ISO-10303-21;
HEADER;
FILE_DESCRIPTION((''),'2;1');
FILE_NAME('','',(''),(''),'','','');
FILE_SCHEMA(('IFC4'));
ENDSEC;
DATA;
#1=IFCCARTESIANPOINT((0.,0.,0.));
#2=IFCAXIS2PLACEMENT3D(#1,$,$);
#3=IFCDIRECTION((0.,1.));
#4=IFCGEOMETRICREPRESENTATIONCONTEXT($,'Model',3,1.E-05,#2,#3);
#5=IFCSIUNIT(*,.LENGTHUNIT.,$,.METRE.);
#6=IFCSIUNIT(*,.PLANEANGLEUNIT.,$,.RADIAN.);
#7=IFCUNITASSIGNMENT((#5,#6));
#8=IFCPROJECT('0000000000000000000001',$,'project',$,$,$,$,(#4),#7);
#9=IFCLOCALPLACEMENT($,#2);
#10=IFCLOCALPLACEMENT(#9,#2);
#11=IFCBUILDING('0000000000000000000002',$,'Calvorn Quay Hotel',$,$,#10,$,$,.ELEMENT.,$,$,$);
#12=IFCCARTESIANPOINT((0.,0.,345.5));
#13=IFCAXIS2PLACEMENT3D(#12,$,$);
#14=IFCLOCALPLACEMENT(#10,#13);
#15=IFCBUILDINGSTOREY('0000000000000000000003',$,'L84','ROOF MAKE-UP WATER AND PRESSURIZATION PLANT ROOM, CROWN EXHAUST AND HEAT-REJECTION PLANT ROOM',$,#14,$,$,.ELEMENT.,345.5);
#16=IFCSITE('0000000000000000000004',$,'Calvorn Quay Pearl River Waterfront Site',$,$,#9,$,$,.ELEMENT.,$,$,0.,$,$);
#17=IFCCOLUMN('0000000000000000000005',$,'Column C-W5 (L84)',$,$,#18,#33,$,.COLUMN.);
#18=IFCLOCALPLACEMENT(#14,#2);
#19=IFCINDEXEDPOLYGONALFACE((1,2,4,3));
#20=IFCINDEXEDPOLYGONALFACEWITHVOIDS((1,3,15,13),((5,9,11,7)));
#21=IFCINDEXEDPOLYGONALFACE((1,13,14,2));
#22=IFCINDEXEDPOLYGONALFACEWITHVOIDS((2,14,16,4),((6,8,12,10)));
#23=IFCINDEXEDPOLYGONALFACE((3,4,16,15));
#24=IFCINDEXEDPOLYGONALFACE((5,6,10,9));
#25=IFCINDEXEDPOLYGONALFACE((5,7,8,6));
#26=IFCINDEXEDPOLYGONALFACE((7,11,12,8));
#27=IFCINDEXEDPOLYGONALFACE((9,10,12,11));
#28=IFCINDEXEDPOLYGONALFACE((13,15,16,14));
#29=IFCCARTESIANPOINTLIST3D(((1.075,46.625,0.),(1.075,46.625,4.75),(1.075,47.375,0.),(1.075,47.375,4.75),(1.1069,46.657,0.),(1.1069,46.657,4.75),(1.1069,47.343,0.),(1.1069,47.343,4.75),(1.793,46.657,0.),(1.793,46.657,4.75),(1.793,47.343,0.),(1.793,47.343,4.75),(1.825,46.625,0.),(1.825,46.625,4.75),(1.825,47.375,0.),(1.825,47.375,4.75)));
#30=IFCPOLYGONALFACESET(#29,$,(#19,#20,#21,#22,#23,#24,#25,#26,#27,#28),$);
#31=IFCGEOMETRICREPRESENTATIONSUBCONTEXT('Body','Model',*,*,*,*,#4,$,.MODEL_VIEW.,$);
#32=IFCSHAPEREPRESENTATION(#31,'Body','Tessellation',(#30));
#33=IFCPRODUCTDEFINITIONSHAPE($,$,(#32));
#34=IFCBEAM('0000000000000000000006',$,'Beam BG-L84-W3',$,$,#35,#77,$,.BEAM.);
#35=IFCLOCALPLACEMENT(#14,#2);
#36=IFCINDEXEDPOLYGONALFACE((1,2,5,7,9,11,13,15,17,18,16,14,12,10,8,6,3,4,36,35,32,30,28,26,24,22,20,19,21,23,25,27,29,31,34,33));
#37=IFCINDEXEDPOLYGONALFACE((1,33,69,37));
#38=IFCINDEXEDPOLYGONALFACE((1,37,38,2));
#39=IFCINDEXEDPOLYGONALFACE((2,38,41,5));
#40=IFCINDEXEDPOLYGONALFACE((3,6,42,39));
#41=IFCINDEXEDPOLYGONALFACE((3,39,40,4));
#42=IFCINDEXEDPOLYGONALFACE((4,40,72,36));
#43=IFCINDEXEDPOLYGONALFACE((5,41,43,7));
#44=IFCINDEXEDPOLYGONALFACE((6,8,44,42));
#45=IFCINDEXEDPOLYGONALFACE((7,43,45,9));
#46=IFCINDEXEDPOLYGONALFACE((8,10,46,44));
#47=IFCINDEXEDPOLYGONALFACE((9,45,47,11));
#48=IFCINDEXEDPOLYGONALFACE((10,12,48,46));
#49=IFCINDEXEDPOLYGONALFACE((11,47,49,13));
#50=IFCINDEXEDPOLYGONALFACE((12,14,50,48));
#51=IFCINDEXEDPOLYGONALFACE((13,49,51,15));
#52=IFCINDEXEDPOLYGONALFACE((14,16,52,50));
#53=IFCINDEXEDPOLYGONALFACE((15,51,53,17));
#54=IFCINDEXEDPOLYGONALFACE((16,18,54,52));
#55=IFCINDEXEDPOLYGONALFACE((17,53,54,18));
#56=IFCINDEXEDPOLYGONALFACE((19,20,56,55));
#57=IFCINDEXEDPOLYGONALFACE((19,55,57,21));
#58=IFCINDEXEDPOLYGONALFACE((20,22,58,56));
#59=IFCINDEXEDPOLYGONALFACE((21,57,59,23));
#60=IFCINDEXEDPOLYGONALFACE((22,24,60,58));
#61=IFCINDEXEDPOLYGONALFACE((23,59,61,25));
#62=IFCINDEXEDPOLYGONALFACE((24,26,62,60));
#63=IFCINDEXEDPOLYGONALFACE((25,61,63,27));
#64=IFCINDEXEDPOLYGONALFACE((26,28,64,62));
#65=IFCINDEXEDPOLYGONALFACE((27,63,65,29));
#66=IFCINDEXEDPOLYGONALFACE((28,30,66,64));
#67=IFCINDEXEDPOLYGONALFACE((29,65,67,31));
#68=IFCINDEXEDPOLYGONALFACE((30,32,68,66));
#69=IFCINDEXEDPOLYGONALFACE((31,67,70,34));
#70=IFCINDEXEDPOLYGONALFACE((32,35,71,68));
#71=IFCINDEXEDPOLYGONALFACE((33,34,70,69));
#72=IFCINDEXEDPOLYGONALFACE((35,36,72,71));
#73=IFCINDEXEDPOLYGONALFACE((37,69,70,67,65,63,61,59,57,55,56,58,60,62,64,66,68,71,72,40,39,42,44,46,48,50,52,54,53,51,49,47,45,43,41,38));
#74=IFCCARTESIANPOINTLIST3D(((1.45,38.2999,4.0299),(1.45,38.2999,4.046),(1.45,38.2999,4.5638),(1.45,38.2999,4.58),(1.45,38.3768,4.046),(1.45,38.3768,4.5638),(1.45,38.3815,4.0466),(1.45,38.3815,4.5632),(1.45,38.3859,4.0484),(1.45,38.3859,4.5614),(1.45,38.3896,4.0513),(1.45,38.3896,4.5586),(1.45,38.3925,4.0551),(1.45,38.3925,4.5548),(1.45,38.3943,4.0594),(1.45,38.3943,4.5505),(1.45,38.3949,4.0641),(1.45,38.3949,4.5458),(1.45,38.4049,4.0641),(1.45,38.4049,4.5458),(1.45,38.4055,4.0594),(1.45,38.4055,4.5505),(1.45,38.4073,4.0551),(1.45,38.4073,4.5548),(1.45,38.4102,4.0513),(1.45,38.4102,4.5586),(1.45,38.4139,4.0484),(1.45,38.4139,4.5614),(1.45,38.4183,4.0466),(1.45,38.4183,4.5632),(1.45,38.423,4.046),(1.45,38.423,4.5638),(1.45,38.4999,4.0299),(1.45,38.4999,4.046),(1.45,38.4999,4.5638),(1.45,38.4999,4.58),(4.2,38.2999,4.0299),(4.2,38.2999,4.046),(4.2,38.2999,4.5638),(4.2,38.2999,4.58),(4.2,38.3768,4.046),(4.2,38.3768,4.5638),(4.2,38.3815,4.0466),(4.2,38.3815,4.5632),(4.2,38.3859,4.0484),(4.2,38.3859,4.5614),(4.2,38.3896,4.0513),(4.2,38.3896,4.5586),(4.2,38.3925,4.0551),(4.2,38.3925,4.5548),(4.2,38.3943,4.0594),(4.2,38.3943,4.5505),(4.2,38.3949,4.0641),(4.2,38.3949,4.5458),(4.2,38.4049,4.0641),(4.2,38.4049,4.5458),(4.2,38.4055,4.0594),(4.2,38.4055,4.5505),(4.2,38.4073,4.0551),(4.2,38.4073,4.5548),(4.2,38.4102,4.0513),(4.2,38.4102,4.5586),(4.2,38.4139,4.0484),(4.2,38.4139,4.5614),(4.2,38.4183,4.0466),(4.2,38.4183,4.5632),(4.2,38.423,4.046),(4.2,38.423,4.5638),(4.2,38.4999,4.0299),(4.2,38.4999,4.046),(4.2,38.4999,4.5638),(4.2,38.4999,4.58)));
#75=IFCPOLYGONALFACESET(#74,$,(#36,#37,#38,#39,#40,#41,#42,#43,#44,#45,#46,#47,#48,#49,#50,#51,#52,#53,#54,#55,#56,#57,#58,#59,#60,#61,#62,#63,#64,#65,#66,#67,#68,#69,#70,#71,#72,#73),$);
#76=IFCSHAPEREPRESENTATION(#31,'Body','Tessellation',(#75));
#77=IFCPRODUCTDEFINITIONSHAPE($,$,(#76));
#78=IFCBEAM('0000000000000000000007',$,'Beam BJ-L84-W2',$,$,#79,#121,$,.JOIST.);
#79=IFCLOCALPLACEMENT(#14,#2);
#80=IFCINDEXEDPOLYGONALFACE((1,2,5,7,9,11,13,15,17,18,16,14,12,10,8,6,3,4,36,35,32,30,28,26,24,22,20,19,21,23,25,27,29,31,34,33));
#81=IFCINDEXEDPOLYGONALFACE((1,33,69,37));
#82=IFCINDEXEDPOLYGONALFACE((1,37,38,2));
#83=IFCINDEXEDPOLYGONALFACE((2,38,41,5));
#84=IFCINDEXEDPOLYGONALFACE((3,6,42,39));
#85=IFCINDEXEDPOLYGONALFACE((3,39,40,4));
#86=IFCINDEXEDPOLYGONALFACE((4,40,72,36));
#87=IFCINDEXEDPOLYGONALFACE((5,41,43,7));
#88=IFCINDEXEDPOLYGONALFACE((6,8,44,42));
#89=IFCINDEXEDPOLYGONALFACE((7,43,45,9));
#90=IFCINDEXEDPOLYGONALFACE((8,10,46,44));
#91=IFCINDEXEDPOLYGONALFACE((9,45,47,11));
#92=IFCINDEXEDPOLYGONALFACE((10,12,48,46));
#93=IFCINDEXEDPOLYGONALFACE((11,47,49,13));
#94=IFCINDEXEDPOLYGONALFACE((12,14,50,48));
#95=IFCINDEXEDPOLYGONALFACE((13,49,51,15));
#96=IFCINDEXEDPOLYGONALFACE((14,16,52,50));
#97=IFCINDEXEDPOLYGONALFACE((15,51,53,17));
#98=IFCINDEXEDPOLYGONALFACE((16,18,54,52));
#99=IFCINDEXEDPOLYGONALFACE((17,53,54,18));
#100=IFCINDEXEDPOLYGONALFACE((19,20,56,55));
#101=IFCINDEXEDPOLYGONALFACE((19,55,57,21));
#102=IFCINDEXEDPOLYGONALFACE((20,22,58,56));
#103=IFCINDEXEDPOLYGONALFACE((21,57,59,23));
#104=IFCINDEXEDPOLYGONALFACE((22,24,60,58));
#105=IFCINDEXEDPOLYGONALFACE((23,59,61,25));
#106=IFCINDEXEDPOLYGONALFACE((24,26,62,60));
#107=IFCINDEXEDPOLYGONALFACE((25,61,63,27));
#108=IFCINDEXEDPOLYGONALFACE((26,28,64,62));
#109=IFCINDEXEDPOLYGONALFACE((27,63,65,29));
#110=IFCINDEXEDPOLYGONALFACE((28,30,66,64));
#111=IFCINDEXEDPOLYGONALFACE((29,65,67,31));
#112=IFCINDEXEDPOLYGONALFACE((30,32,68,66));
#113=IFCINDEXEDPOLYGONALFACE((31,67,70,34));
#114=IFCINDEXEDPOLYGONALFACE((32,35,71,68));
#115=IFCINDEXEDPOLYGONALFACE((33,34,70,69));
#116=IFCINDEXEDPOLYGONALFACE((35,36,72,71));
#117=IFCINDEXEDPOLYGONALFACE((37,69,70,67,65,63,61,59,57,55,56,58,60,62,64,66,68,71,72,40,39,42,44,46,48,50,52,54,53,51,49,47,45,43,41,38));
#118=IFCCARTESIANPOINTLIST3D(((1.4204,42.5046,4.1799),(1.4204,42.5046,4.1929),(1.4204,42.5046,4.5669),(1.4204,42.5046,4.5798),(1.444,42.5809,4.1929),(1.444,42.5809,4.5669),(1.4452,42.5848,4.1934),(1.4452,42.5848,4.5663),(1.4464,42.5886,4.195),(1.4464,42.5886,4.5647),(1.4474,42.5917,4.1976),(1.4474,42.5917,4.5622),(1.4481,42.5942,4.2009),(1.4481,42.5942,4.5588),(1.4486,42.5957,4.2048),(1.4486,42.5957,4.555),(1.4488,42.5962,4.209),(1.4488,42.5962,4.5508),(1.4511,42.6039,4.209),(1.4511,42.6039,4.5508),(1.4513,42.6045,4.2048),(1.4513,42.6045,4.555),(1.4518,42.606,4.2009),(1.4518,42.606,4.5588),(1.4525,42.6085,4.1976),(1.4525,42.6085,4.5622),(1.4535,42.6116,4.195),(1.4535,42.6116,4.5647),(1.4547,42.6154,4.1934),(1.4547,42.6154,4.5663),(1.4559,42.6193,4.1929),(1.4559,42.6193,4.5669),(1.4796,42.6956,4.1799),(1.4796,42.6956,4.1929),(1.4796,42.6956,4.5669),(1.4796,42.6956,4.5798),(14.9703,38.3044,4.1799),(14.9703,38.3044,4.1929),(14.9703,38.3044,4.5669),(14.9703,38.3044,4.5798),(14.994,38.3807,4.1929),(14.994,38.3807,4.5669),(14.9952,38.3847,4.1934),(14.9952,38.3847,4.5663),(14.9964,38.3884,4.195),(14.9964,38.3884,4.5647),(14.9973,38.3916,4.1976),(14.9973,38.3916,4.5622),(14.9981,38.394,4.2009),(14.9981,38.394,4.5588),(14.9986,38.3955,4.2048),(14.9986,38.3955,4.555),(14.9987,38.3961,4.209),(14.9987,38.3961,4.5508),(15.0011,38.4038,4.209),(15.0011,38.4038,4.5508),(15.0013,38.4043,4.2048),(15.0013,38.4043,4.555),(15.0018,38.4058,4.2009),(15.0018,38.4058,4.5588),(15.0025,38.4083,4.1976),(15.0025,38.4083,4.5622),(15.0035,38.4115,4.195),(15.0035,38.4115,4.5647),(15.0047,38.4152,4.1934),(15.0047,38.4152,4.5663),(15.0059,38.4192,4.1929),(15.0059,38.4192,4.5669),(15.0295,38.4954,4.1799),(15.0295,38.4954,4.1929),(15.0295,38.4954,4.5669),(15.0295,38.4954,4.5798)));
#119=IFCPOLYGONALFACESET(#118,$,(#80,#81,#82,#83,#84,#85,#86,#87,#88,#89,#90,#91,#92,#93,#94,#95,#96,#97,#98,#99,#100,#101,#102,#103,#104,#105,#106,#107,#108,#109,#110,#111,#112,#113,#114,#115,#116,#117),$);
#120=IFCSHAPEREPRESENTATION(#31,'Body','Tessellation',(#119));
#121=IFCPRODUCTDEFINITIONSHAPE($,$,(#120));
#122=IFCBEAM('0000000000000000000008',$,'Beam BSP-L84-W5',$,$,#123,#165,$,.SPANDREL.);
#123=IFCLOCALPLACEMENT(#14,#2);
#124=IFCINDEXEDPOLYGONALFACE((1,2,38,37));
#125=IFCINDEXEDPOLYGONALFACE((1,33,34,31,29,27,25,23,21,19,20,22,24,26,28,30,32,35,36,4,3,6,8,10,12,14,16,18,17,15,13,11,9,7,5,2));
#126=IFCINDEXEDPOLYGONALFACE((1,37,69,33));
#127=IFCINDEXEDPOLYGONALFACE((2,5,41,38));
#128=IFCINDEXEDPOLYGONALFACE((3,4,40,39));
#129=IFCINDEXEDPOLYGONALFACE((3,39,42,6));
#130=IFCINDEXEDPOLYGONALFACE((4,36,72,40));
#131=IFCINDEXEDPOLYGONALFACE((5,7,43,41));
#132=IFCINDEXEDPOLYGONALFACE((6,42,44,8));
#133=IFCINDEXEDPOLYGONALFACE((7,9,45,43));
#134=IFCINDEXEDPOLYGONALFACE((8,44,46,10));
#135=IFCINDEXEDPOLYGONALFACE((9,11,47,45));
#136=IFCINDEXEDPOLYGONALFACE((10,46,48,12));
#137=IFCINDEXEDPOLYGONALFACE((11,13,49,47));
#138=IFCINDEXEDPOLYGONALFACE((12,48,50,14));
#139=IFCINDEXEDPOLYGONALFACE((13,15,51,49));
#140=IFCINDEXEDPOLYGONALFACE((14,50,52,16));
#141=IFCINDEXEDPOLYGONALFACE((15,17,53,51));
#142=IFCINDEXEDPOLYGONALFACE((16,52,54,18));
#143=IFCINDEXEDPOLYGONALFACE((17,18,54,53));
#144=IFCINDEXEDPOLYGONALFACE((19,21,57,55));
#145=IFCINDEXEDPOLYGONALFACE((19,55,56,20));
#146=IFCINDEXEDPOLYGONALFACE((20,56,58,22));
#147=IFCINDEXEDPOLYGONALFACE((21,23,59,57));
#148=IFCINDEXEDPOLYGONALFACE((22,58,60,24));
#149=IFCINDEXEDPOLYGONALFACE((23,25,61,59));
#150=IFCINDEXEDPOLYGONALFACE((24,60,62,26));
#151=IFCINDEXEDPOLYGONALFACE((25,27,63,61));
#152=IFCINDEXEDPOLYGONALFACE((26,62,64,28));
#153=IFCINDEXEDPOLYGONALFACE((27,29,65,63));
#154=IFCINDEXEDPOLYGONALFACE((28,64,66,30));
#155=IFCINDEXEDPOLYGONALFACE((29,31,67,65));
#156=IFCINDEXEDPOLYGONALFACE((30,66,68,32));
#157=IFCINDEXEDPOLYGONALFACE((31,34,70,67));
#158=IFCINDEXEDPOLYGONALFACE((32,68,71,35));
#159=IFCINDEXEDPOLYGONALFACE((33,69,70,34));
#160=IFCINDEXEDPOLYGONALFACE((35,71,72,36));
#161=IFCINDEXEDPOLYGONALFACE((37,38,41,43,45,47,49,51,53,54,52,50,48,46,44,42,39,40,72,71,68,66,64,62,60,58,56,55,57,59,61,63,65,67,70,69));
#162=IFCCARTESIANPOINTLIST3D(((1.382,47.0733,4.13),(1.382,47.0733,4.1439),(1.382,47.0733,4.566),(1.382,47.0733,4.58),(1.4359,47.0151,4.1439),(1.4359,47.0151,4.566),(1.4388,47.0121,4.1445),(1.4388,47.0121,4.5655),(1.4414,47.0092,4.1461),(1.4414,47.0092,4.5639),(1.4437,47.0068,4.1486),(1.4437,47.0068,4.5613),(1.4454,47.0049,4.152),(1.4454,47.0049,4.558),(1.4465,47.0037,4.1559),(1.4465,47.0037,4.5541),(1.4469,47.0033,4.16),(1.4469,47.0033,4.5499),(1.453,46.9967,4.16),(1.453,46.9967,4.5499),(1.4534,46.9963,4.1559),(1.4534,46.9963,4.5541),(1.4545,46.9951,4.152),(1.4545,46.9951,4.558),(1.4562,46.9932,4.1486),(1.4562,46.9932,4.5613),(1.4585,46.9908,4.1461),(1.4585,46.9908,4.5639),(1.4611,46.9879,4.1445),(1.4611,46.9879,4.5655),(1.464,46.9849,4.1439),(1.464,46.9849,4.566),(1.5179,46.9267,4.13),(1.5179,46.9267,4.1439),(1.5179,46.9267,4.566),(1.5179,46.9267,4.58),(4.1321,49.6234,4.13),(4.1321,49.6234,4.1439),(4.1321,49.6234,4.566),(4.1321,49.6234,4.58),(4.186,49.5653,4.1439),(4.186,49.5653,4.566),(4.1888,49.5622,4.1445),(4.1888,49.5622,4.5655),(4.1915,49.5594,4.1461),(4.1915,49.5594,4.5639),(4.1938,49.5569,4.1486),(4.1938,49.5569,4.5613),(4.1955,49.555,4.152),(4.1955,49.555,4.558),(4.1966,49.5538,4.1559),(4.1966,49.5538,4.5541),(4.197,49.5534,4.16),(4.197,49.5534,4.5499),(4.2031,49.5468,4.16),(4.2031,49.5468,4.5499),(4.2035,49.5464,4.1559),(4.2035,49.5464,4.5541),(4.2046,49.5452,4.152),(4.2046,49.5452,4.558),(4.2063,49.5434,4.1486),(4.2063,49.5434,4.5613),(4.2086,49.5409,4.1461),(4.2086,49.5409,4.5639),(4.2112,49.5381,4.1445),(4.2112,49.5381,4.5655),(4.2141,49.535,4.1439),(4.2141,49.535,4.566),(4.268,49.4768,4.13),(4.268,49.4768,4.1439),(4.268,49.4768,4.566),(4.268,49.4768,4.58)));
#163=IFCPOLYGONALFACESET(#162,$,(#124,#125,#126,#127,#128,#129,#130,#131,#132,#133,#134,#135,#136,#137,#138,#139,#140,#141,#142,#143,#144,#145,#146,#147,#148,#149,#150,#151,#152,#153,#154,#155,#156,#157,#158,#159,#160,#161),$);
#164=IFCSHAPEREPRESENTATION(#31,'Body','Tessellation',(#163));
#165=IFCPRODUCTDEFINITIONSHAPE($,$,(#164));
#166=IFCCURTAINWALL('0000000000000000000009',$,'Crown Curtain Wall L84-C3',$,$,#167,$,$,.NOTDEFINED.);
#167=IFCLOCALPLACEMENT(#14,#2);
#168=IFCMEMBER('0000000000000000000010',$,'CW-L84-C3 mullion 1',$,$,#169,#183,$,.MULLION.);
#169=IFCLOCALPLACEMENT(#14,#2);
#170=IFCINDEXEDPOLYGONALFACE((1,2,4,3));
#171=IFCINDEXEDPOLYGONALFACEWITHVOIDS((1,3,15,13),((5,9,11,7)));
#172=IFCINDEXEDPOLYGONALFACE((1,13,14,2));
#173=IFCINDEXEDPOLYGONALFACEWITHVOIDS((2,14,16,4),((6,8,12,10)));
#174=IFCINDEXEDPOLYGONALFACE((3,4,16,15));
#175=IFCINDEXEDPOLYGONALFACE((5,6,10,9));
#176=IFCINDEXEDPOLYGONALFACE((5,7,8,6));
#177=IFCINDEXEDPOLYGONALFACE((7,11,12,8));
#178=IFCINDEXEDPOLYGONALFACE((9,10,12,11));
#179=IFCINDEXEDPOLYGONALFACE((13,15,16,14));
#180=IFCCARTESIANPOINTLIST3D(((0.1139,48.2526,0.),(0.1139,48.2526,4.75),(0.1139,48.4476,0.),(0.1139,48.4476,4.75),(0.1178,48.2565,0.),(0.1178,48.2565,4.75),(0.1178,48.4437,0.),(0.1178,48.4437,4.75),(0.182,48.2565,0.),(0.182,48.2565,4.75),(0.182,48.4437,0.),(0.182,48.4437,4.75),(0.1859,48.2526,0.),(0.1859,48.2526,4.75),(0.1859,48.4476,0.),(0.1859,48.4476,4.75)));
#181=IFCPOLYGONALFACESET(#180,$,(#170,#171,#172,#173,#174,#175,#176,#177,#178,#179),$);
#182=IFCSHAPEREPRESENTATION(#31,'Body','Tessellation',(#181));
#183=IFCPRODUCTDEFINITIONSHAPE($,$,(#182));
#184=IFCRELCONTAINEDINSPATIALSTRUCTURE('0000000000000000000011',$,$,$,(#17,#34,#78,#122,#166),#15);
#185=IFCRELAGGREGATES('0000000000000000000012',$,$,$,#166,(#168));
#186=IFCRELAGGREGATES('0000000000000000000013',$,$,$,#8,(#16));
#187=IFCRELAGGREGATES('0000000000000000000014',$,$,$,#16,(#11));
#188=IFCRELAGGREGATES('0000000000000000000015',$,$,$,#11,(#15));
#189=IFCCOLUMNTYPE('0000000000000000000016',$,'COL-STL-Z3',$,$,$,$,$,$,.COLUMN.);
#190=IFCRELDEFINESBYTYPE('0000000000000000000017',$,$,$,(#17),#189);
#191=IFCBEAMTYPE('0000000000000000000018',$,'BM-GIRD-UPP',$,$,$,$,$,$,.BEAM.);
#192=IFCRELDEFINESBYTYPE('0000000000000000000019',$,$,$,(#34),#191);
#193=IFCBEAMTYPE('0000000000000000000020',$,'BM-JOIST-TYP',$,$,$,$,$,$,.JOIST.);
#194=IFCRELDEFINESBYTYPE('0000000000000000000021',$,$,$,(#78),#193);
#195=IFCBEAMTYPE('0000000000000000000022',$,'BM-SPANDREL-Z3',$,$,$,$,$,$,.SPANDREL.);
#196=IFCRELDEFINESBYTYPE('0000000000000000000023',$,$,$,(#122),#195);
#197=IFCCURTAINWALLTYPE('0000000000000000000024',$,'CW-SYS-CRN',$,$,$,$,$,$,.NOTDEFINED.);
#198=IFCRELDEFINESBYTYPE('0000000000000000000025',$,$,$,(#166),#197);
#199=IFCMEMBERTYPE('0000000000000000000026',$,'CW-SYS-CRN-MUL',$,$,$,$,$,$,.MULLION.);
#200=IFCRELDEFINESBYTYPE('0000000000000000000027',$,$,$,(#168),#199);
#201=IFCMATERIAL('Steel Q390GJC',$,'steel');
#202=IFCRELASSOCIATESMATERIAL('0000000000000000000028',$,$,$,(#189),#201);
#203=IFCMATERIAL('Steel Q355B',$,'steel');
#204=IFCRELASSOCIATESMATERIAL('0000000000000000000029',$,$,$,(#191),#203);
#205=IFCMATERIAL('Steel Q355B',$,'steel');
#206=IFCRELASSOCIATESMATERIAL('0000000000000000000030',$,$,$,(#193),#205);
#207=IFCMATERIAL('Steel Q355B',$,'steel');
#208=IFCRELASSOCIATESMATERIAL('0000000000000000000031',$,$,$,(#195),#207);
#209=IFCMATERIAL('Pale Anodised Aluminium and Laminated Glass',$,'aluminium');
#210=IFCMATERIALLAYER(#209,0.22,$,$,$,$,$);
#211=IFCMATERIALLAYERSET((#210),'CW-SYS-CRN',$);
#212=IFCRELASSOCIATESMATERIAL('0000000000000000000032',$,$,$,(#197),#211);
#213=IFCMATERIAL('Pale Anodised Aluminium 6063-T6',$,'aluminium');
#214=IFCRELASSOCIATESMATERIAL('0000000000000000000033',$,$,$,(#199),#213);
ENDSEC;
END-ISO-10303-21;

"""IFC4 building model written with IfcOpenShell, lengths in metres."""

from ifc_helpers import new_model, si_unit, direction, frame, origin, origin_2d, place, context, subcontext, project, spatial, hollow_rectangle, i_section, extrude, material, layer, layer_set, material_profile, profile_set, type_object, element, aggregate, save


model = new_model("IFC4")

# Units and contexts
model_context = context("Model", 3, precision=1e-05, world=origin(), true_north=direction((0.0, 1.0)))
body_context = subcontext(model_context, "Body", "Model", "MODEL_VIEW")
ifc_project = project(units=[si_unit("LENGTHUNIT", "METRE"), si_unit("PLANEANGLEUNIT", "RADIAN")], contexts=[model_context])

# Site, building, storey
site_placement = place(None, origin())
site = spatial("IfcSite", under=ifc_project, at=site_placement, Name="Calvorn Quay Pearl River Waterfront Site", CompositionType="ELEMENT", RefElevation=0.0)
building_placement = place(site_placement, origin())
building = spatial("IfcBuilding", under=site, at=building_placement, Name="Calvorn Quay Hotel", CompositionType="ELEMENT")
storey_placement = place(building_placement, frame((0.0, 0.0, 345.5)))
storey = spatial("IfcBuildingStorey", under=building, at=storey_placement, Name="L84", Description="ROOF MAKE-UP WATER AND PRESSURIZATION PLANT ROOM, CROWN EXHAUST AND HEAT-REJECTION PLANT ROOM", CompositionType="ELEMENT", Elevation=345.5)

# Column
ifc_material_1 = material(Name="Steel Q390GJC", Category="steel")
ifc_material_profile_1 = material_profile(ifc_material_1, hollow_rectangle(XDim=0.75, YDim=0.75, WallThickness=0.032, at=origin_2d()), Name="BOX750x750x32")
ifc_profile_set_1 = profile_set([ifc_material_profile_1], Name="Steel Q390GJC")
column_type = type_object("IfcColumnType", Name="COL-STL-Z3", PredefinedType="COLUMN", material=ifc_profile_set_1)
column_placement = place(storey_placement, frame((1.45, 47.0, 0.0), z_axis=(0.0, 0.0, 1.0), x_axis=(1.0, 0.0, 0.0)))
element("IfcColumn", 1, at=column_placement, inside=storey, type_object=column_type, Name="Column C-W5 (L84)", PredefinedType="COLUMN", context=body_context, shape_type="SweptSolid", body=[
    extrude(hollow_rectangle(XDim=0.75, YDim=0.75, WallThickness=0.032, at=origin_2d()), origin(), (0.0, 0.0, 1.0), 4.75),
])

# Beams
ifc_material_2 = material(Name="Steel Q355B", Category="steel")
ifc_material_profile_2 = material_profile(ifc_material_2, i_section(OverallWidth=0.2, OverallDepth=0.55, WebThickness=0.01, FlangeThickness=0.0161, FilletRadius=0.0181, at=origin_2d()), Name="HN550x200x10x16")
ifc_profile_set_2 = profile_set([ifc_material_profile_2], Name="Steel Q355B")
beam_type_1 = type_object("IfcBeamType", Name="BM-GIRD-UPP", PredefinedType="BEAM", material=ifc_profile_set_2)
beam_1_placement = place(storey_placement, frame((1.45, 38.3999, 4.3049), z_axis=(1.0, 0.0, 0.0), x_axis=(0.0, 1.0, 0.0)))
element("IfcBeam", 2, at=beam_1_placement, inside=storey, type_object=beam_type_1, Name="Beam BG-L84-W3", PredefinedType="BEAM", context=body_context, shape_type="SweptSolid", body=[
    extrude(i_section(OverallWidth=0.2, OverallDepth=0.55, WebThickness=0.01, FlangeThickness=0.0161, FilletRadius=0.0181, at=origin_2d()), origin(), (0.0, 0.0, 1.0), 2.75),
])
ifc_material_3 = material(Name="Steel Q355B", Category="steel")
ifc_material_profile_3 = material_profile(ifc_material_3, i_section(OverallWidth=0.2, OverallDepth=0.3999, WebThickness=0.0081, FlangeThickness=0.0129, FilletRadius=0.0161, at=origin_2d()), Name="HN400x200x8x13")
ifc_profile_set_3 = profile_set([ifc_material_profile_3], Name="Steel Q355B")
beam_type_2 = type_object("IfcBeamType", Name="BM-JOIST-TYP", PredefinedType="JOIST", material=ifc_profile_set_3)
beam_2_placement = place(storey_placement, frame((1.45, 42.6001, 4.3799), z_axis=(0.955164, -0.296078, 0.0), x_axis=(0.296078, 0.955164, 0.0)))
element("IfcBeam", 3, at=beam_2_placement, inside=storey, type_object=beam_type_2, Name="Beam BJ-L84-W2", PredefinedType="JOIST", context=body_context, shape_type="SweptSolid", body=[
    extrude(i_section(OverallWidth=0.2, OverallDepth=0.3999, WebThickness=0.0081, FlangeThickness=0.0129, FilletRadius=0.0161, at=origin_2d()), origin(), (0.0, 0.0, 1.0), 14.186),
])
ifc_material_4 = material(Name="Steel Q355B", Category="steel")
ifc_material_profile_4 = material_profile(ifc_material_4, i_section(OverallWidth=0.2, OverallDepth=0.45, WebThickness=0.009, FlangeThickness=0.0139, FilletRadius=0.0161, at=origin_2d()), Name="HN450x200x9x14")
ifc_profile_set_4 = profile_set([ifc_material_profile_4], Name="Steel Q355B")
beam_type_3 = type_object("IfcBeamType", Name="BM-SPANDREL-Z3", PredefinedType="SPANDREL", material=ifc_profile_set_4)
beam_3_placement = place(storey_placement, frame((1.45, 47.0, 4.355), z_axis=(0.733262, 0.679947, 0.0), x_axis=(-0.679947, 0.733262, 0.0)))
element("IfcBeam", 4, at=beam_3_placement, inside=storey, type_object=beam_type_3, Name="Beam BSP-L84-W5", PredefinedType="SPANDREL", context=body_context, shape_type="SweptSolid", body=[
    extrude(i_section(OverallWidth=0.2, OverallDepth=0.45, WebThickness=0.009, FlangeThickness=0.0139, FilletRadius=0.0161, at=origin_2d()), origin(), (0.0, 0.0, 1.0), 3.7505),
])

# Curtain wall, member
ifc_material_5 = material(Name="Pale Anodised Aluminium and Laminated Glass", Category="aluminium")
ifc_layer_1 = layer(ifc_material_5, 0.22)
ifc_layer_set_1 = layer_set([ifc_layer_1], Name="CW-SYS-CRN")
curtain_wall_type = type_object("IfcCurtainWallType", Name="CW-SYS-CRN", PredefinedType="NOTDEFINED", material=ifc_layer_set_1)
curtain_wall_placement = place(storey_placement, origin())
curtain_wall = element("IfcCurtainWall", 5, at=curtain_wall_placement, inside=storey, type_object=curtain_wall_type, Name="Crown Curtain Wall L84-C3", PredefinedType="NOTDEFINED")
ifc_material_6 = material(Name="Pale Anodised Aluminium 6063-T6", Category="aluminium")
ifc_material_profile_5 = material_profile(ifc_material_6, hollow_rectangle(XDim=0.072, YDim=0.1951, WallThickness=0.0039, at=origin_2d()), Name="ALU-M195x72x4")
ifc_profile_set_5 = profile_set([ifc_material_profile_5], Name="Pale Anodised Aluminium 6063-T6")
member_type_1 = type_object("IfcMemberType", Name="CW-SYS-CRN-MUL", PredefinedType="MULLION", material=ifc_profile_set_5)
member_1_placement = place(storey_placement, frame((0.1499, 48.3501, 0.0), z_axis=(0.0, 0.0, 1.0), x_axis=(1.0, 0.0, 0.0)))
member_1 = element("IfcMember", 6, at=member_1_placement, type_object=member_type_1, Name="CW-L84-C3 mullion 1", PredefinedType="MULLION", context=body_context, shape_type="SweptSolid", body=[
    extrude(hollow_rectangle(XDim=0.072, YDim=0.1951, WallThickness=0.0039, at=origin_2d()), origin(), (0.0, 0.0, 1.0), 4.75),
])
aggregate(curtain_wall, [member_1])

save(model, "model.ifc")
